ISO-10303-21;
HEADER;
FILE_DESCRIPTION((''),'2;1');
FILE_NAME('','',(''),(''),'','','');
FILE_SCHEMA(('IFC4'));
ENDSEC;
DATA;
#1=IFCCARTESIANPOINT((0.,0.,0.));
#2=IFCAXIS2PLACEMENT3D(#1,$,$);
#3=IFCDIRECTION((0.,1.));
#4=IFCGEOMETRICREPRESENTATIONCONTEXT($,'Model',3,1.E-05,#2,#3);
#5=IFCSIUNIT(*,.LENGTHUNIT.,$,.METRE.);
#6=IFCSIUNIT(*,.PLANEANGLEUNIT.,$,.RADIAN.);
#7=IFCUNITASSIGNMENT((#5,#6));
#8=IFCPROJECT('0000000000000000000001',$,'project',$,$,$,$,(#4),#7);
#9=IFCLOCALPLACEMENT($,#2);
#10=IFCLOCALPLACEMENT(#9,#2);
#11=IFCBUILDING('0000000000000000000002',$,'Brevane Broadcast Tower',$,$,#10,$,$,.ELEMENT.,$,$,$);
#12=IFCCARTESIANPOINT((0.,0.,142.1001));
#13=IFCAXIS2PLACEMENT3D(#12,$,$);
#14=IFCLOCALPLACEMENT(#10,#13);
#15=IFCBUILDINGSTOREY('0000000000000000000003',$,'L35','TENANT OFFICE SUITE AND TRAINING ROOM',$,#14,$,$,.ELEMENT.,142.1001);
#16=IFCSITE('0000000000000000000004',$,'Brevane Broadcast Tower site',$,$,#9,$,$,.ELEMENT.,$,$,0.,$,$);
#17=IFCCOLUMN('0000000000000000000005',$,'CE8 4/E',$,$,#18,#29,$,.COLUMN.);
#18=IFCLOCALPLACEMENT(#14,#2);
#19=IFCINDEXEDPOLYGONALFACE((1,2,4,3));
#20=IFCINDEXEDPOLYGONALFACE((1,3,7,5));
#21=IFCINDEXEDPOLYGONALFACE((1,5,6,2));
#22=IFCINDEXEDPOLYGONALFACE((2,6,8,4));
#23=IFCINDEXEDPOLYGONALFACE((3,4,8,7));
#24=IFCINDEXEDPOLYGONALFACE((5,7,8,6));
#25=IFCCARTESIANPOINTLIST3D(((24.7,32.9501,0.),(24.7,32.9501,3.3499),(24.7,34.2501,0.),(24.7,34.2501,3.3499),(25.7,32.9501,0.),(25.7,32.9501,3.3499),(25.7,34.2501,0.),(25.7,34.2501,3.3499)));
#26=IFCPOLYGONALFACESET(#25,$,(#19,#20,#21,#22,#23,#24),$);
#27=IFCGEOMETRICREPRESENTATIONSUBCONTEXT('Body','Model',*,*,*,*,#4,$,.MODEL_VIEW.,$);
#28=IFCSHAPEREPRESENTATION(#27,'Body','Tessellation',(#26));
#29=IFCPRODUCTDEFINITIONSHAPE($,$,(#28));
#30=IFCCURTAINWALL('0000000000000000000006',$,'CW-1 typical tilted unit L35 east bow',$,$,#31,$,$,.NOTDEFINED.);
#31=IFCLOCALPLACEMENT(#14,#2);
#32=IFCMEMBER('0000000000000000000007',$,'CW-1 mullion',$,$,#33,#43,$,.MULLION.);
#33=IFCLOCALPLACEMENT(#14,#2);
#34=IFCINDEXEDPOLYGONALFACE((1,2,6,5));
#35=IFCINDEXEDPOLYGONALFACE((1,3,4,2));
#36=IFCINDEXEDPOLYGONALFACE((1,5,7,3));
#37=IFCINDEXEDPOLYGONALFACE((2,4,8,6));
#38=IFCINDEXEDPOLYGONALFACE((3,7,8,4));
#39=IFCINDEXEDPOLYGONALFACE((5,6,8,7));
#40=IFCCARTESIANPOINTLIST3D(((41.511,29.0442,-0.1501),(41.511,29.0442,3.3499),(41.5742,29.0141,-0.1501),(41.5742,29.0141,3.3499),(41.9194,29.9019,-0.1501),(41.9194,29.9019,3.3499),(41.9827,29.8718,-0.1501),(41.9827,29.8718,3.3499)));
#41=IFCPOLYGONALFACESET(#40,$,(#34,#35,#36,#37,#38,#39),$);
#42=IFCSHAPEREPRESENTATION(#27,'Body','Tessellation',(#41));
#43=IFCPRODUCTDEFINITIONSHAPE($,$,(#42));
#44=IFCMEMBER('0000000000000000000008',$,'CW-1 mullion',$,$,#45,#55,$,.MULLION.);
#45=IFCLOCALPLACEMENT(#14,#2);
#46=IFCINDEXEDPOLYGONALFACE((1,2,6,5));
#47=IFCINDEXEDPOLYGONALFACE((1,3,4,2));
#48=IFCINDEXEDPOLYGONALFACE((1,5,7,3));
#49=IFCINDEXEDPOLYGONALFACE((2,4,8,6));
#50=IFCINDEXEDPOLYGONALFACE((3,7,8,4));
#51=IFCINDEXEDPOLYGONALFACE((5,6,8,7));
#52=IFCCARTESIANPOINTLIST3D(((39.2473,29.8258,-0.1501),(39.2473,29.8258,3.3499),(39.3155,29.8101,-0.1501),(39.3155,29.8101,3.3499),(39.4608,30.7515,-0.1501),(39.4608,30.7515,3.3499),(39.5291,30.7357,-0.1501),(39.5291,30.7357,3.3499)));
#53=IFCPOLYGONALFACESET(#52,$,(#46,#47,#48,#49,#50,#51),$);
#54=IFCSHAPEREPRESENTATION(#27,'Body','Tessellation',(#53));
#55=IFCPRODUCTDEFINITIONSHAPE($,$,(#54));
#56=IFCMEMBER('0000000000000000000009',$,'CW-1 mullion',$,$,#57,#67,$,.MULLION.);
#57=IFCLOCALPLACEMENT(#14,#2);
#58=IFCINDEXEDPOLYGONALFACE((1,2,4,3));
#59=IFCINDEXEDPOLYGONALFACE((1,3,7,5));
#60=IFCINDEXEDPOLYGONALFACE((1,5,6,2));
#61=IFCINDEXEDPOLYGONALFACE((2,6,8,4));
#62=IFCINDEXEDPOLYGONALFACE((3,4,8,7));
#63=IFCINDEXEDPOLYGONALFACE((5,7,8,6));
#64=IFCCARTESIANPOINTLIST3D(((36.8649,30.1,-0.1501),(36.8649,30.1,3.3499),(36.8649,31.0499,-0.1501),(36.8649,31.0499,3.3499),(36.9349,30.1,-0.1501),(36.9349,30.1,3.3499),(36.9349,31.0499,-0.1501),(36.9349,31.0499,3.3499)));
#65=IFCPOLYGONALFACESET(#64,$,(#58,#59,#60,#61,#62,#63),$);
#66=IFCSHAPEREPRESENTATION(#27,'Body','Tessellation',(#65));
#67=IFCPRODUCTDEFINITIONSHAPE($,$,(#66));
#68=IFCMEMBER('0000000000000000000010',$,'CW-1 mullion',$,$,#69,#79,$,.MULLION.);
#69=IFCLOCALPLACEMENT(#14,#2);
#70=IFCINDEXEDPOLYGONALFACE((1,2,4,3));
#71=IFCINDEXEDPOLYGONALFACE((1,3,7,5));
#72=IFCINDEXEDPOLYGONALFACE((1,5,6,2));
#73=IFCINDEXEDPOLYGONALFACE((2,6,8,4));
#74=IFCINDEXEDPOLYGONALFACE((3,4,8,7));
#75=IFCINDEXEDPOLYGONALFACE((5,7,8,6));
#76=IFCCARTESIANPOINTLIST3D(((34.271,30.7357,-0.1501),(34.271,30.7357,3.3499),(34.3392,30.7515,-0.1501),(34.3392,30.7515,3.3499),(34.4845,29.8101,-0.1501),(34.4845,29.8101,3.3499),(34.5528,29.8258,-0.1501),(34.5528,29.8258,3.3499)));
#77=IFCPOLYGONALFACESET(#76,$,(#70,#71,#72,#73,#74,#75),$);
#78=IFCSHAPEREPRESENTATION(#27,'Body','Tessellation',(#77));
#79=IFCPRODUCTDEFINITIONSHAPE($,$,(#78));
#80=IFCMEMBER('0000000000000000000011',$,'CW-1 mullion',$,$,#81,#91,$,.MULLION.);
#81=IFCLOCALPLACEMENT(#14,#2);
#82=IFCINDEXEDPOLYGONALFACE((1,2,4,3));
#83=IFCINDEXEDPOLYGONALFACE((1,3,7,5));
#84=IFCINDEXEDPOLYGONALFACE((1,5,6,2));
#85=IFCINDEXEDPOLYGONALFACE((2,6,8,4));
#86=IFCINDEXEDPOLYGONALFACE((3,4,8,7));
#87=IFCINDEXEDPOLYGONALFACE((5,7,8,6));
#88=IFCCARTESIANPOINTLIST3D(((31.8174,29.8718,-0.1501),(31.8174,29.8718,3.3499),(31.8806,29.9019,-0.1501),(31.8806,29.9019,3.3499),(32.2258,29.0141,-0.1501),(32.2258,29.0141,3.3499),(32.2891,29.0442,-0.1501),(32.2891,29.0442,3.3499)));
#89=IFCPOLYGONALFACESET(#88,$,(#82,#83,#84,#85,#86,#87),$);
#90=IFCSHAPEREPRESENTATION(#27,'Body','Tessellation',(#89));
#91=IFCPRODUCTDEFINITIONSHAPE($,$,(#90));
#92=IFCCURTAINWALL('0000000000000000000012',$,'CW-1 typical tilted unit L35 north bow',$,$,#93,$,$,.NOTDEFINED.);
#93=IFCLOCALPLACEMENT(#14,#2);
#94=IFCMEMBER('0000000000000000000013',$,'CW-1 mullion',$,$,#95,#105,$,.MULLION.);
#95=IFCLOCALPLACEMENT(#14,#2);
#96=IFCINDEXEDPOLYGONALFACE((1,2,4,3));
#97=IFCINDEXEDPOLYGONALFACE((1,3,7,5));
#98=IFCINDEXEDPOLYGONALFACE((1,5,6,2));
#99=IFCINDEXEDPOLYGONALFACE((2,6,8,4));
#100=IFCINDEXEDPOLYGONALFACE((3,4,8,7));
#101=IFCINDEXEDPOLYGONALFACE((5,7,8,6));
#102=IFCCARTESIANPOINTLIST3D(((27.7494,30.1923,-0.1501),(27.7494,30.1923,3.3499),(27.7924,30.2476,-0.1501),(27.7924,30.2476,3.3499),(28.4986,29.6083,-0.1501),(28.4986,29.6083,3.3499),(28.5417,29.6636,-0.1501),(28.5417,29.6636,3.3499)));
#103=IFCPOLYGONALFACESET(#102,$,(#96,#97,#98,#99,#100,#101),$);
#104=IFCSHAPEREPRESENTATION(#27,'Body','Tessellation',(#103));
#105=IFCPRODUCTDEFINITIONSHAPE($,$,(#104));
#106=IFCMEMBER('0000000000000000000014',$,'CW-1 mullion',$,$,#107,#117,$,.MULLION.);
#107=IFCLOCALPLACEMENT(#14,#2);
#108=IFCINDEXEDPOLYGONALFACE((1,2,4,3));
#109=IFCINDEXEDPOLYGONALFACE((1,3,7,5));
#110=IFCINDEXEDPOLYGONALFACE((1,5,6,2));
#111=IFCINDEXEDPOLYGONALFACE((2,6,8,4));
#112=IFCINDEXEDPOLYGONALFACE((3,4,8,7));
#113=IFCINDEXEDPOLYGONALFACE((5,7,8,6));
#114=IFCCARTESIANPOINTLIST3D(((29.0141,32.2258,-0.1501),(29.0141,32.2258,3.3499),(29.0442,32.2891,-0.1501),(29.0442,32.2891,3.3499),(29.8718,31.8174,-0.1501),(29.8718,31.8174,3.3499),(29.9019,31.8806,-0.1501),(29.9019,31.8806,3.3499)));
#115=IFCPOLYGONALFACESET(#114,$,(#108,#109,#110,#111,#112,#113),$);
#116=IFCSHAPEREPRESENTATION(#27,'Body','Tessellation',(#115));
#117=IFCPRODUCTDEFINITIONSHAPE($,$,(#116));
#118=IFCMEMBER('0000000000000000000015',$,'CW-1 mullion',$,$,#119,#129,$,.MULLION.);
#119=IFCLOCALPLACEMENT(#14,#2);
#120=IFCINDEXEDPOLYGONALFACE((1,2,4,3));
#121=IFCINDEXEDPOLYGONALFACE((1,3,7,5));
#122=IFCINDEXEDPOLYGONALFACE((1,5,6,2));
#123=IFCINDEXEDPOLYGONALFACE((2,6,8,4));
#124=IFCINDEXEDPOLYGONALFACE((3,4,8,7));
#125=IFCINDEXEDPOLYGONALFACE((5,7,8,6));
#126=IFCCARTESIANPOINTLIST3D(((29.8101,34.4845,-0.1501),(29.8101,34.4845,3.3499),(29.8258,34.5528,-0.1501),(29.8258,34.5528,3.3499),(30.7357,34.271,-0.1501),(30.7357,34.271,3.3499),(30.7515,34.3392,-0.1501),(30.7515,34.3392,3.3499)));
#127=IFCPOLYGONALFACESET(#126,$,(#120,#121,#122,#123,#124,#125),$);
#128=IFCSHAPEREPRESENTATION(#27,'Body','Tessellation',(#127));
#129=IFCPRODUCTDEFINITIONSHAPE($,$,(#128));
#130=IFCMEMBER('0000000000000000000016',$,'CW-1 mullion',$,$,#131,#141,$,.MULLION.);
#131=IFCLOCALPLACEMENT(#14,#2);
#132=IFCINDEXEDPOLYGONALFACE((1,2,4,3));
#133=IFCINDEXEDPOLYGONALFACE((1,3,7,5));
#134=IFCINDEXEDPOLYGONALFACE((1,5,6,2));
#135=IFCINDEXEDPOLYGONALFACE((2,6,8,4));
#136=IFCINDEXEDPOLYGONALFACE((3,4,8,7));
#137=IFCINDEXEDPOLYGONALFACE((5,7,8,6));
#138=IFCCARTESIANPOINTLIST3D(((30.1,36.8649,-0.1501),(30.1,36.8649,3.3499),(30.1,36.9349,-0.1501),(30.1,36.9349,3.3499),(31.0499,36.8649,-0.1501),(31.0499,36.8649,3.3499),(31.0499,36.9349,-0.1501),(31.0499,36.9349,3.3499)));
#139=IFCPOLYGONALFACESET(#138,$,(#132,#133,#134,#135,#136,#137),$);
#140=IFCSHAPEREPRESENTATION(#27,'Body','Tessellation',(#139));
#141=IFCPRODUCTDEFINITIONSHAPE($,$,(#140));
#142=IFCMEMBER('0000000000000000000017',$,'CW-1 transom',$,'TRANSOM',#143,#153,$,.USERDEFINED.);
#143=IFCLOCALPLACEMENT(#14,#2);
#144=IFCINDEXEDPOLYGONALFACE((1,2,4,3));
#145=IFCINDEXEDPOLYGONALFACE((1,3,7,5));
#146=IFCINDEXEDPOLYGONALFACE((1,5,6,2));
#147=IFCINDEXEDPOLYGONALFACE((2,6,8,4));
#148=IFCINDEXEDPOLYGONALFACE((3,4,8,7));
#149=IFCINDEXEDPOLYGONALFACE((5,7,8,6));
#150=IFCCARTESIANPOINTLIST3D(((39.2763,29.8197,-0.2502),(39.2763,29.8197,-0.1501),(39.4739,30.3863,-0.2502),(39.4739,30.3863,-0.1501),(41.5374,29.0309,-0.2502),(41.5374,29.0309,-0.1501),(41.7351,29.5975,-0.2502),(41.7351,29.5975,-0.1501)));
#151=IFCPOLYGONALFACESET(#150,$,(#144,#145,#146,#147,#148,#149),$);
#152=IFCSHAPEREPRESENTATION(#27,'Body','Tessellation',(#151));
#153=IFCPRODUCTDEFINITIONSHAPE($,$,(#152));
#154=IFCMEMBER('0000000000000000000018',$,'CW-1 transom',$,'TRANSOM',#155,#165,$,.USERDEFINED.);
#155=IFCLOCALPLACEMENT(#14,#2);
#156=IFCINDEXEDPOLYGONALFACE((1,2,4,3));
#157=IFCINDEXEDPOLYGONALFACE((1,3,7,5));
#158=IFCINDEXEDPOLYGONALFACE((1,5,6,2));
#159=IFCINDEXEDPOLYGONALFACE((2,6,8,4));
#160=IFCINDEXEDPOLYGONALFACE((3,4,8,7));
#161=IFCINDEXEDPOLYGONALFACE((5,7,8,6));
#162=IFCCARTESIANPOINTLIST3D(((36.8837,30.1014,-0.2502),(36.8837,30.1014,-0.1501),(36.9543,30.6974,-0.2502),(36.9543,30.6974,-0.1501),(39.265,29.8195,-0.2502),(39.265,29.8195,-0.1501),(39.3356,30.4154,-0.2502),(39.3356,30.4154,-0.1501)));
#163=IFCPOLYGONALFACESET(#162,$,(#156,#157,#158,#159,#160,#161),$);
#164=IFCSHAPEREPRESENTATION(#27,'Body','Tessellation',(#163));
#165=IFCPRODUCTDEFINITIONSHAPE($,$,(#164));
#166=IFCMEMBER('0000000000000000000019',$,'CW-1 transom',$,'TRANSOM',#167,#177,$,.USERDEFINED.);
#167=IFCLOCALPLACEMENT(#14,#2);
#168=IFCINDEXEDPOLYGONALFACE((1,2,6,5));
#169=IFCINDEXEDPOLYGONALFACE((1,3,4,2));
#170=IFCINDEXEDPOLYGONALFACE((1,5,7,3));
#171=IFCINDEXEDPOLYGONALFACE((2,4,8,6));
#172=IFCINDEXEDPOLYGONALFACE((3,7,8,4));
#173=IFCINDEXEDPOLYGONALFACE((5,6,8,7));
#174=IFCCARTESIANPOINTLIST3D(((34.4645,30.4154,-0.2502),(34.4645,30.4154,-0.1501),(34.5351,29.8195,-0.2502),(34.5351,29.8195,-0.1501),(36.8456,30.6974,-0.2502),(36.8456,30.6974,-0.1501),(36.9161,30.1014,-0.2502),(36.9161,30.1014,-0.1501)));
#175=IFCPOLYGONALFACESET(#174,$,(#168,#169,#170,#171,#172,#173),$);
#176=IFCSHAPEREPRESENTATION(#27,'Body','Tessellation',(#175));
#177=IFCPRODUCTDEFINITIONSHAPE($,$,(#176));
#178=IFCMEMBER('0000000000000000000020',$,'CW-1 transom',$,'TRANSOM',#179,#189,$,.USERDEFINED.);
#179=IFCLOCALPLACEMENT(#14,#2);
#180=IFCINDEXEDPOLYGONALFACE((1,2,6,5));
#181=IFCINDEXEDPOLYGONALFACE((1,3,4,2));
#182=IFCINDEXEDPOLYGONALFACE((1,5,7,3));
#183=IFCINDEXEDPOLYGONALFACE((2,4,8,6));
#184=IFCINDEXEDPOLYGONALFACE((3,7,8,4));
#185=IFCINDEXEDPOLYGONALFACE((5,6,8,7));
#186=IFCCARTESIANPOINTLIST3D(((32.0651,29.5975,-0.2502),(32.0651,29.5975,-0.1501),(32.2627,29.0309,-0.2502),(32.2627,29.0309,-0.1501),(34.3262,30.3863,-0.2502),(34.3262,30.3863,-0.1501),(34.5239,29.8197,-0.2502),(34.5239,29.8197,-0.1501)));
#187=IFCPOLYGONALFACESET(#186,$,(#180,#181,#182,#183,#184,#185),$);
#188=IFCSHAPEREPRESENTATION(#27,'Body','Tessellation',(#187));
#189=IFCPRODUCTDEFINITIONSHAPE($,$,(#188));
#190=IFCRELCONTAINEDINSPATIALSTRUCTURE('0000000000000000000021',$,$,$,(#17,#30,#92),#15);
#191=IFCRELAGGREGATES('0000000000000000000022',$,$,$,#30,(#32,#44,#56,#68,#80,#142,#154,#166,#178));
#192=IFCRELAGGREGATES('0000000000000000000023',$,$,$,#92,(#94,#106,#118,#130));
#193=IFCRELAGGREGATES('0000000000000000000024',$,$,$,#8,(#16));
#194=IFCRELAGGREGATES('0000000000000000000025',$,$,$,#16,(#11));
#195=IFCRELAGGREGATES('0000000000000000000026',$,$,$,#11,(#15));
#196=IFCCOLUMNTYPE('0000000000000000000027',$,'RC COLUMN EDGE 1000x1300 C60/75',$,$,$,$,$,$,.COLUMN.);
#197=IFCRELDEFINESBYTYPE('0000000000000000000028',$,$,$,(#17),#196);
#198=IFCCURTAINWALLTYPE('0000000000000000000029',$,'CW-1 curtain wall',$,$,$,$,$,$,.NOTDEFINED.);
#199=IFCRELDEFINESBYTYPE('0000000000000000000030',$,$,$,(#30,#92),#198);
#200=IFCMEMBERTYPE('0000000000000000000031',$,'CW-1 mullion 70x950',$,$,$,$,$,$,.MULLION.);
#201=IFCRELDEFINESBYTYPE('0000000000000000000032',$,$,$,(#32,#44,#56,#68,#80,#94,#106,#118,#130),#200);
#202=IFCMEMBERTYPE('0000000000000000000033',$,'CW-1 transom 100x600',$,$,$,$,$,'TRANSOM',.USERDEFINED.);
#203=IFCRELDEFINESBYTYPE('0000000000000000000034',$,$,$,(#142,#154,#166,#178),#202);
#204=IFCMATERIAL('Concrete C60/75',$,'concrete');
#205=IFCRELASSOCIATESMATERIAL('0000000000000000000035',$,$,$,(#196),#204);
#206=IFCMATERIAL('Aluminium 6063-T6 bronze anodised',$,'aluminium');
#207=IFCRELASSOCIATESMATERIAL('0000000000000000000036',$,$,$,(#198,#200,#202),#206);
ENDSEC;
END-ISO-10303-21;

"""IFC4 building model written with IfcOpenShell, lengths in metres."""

from ifc_helpers import new_model, si_unit, direction, frame, origin, origin_2d, place, context, subcontext, project, spatial, rectangle, extrude, material, material_profile, profile_set, type_object, element, aggregate, save


model = new_model("IFC4")

# Units and contexts
model_context = context("Model", 3, precision=1e-05, world=origin(), true_north=direction((0.0, 1.0)))
body_context = subcontext(model_context, "Body", "Model", "MODEL_VIEW")
ifc_project = project(units=[si_unit("LENGTHUNIT", "METRE"), si_unit("PLANEANGLEUNIT", "RADIAN")], contexts=[model_context])

# Site, building, storey
site_placement = place(None, origin())
site = spatial("IfcSite", under=ifc_project, at=site_placement, Name="Brevane Broadcast Tower site", CompositionType="ELEMENT", RefElevation=0.0)
building_placement = place(site_placement, origin())
building = spatial("IfcBuilding", under=site, at=building_placement, Name="Brevane Broadcast Tower", CompositionType="ELEMENT")
storey_placement = place(building_placement, frame((0.0, 0.0, 142.1001)))
storey = spatial("IfcBuildingStorey", under=building, at=storey_placement, Name="L35", Description="TENANT OFFICE SUITE AND TRAINING ROOM", CompositionType="ELEMENT", Elevation=142.1001)

# Column
ifc_material_1 = material(Name="Concrete C60/75", Category="concrete")
ifc_material_profile_1 = material_profile(ifc_material_1, rectangle(XDim=1.0, YDim=1.3, at=origin_2d()), Name="RC 1000x1300")
ifc_profile_set_1 = profile_set([ifc_material_profile_1], Name="Concrete C60/75")
column_type = type_object("IfcColumnType", Name="RC COLUMN EDGE 1000x1300 C60/75", PredefinedType="COLUMN", material=ifc_profile_set_1)
column_placement = place(storey_placement, frame((25.2, 33.6001, 0.0), z_axis=(0.0, 0.0, 1.0), x_axis=(1.0, 0.0, 0.0)))
element("IfcColumn", 1, at=column_placement, inside=storey, type_object=column_type, Name="CE8 4/E", PredefinedType="COLUMN", context=body_context, shape_type="SweptSolid", body=[
    extrude(rectangle(XDim=1.0, YDim=1.3, at=origin_2d()), origin(), (0.0, 0.0, 1.0), 3.3499),
])

# Curtain walls, members
ifc_material_2 = material(Name="Aluminium 6063-T6 bronze anodised", Category="aluminium")
curtain_wall_type = type_object("IfcCurtainWallType", Name="CW-1 curtain wall", PredefinedType="NOTDEFINED", material=ifc_material_2)
curtain_wall_1_placement = place(storey_placement, origin())
curtain_wall_1 = element("IfcCurtainWall", 2, at=curtain_wall_1_placement, inside=storey, type_object=curtain_wall_type, Name="CW-1 typical tilted unit L35 east bow", PredefinedType="NOTDEFINED")
ifc_material_profile_2 = material_profile(ifc_material_2, rectangle(XDim=0.95, YDim=0.0701, at=origin_2d()), Name="RECT 70x950")
ifc_profile_set_2 = profile_set([ifc_material_profile_2], Name="Aluminium 6063-T6 bronze anodised")
member_type_1 = type_object("IfcMemberType", Name="CW-1 mullion 70x950", PredefinedType="MULLION", material=ifc_profile_set_2)
member_1_placement = place(storey_placement, frame((41.7468, 29.458, -0.1501), z_axis=(0.0, 0.0, 1.0), x_axis=(-0.429934, -0.902861, 0.0)))
member_1 = element("IfcMember", 3, at=member_1_placement, type_object=member_type_1, Name="CW-1 mullion", PredefinedType="MULLION", context=body_context, shape_type="SweptSolid", body=[
    extrude(rectangle(XDim=0.95, YDim=0.0701, at=origin_2d()), origin(), (0.0, 0.0, 1.0), 3.5),
])
member_2_placement = place(storey_placement, frame((39.3882, 30.2808, -0.1501), z_axis=(0.0, 0.0, 1.0), x_axis=(-0.224806, -0.974403, 0.0)))
member_2 = element("IfcMember", 4, at=member_2_placement, type_object=member_type_1, Name="CW-1 mullion", PredefinedType="MULLION", context=body_context, shape_type="SweptSolid", body=[
    extrude(rectangle(XDim=0.95, YDim=0.0701, at=origin_2d()), origin(), (0.0, 0.0, 1.0), 3.5),
])
member_3_placement = place(storey_placement, frame((36.8999, 30.575, -0.1501), z_axis=(0.0, 0.0, 1.0), x_axis=(0.0, -1.0, 0.0)))
member_3 = element("IfcMember", 5, at=member_3_placement, type_object=member_type_1, Name="CW-1 mullion", PredefinedType="MULLION", context=body_context, shape_type="SweptSolid", body=[
    extrude(rectangle(XDim=0.95, YDim=0.0701, at=origin_2d()), origin(), (0.0, 0.0, 1.0), 3.5),
])
member_4_placement = place(storey_placement, frame((34.4119, 30.2808, -0.1501), z_axis=(0.0, 0.0, 1.0), x_axis=(0.224806, -0.974403, 0.0)))
member_4 = element("IfcMember", 6, at=member_4_placement, type_object=member_type_1, Name="CW-1 mullion", PredefinedType="MULLION", context=body_context, shape_type="SweptSolid", body=[
    extrude(rectangle(XDim=0.95, YDim=0.0701, at=origin_2d()), origin(), (0.0, 0.0, 1.0), 3.5),
])
member_5_placement = place(storey_placement, frame((32.0532, 29.458, -0.1501), z_axis=(0.0, 0.0, 1.0), x_axis=(0.429934, -0.902861, 0.0)))
member_5 = element("IfcMember", 7, at=member_5_placement, type_object=member_type_1, Name="CW-1 mullion", PredefinedType="MULLION", context=body_context, shape_type="SweptSolid", body=[
    extrude(rectangle(XDim=0.95, YDim=0.0701, at=origin_2d()), origin(), (0.0, 0.0, 1.0), 3.5),
])
curtain_wall_2_placement = place(storey_placement, origin())
curtain_wall_2 = element("IfcCurtainWall", 8, at=curtain_wall_2_placement, inside=storey, type_object=curtain_wall_type, Name="CW-1 typical tilted unit L35 north bow", PredefinedType="NOTDEFINED")
member_6_placement = place(storey_placement, frame((28.1455, 29.928, -0.1501), z_axis=(0.0, 0.0, 1.0), x_axis=(-0.788707, 0.61477, 0.0)))
member_6 = element("IfcMember", 9, at=member_6_placement, type_object=member_type_1, Name="CW-1 mullion", PredefinedType="MULLION", context=body_context, shape_type="SweptSolid", body=[
    extrude(rectangle(XDim=0.95, YDim=0.0701, at=origin_2d()), origin(), (0.0, 0.0, 1.0), 3.5),
])
member_7_placement = place(storey_placement, frame((29.458, 32.0532, -0.1501), z_axis=(0.0, 0.0, 1.0), x_axis=(-0.902861, 0.429934, 0.0)))
member_7 = element("IfcMember", 10, at=member_7_placement, type_object=member_type_1, Name="CW-1 mullion", PredefinedType="MULLION", context=body_context, shape_type="SweptSolid", body=[
    extrude(rectangle(XDim=0.95, YDim=0.0701, at=origin_2d()), origin(), (0.0, 0.0, 1.0), 3.5),
])
member_8_placement = place(storey_placement, frame((30.2808, 34.4119, -0.1501), z_axis=(0.0, 0.0, 1.0), x_axis=(-0.974403, 0.224806, 0.0)))
member_8 = element("IfcMember", 11, at=member_8_placement, type_object=member_type_1, Name="CW-1 mullion", PredefinedType="MULLION", context=body_context, shape_type="SweptSolid", body=[
    extrude(rectangle(XDim=0.95, YDim=0.0701, at=origin_2d()), origin(), (0.0, 0.0, 1.0), 3.5),
])
member_9_placement = place(storey_placement, frame((30.575, 36.8999, -0.1501), z_axis=(0.0, 0.0, 1.0), x_axis=(-1.0, 0.0, 0.0)))
member_9 = element("IfcMember", 12, at=member_9_placement, type_object=member_type_1, Name="CW-1 mullion", PredefinedType="MULLION", context=body_context, shape_type="SweptSolid", body=[
    extrude(rectangle(XDim=0.95, YDim=0.0701, at=origin_2d()), origin(), (0.0, 0.0, 1.0), 3.5),
])

# Members
ifc_material_profile_3 = material_profile(ifc_material_2, rectangle(XDim=0.6001, YDim=0.1001, at=origin_2d()), Name="RECT 100x600")
ifc_profile_set_3 = profile_set([ifc_material_profile_3], Name="Aluminium 6063-T6 bronze anodised")
member_type_2 = type_object("IfcMemberType", Name="CW-1 transom 100x600", ElementType="TRANSOM", PredefinedType="USERDEFINED", material=ifc_profile_set_3)
member_10_placement = place(storey_placement, frame((41.6362, 29.3142, -0.2002), z_axis=(-0.944198, 0.329378, 0.0), x_axis=(-0.329378, -0.944198, 0.0)))
member_10 = element("IfcMember", 13, at=member_10_placement, type_object=member_type_2, Name="CW-1 transom", ObjectType="TRANSOM", PredefinedType="USERDEFINED", context=body_context, shape_type="SweptSolid", body=[
    extrude(rectangle(XDim=0.6001, YDim=0.1001, at=origin_2d()), origin(), (0.0, 0.0, 1.0), 2.3948),
])
member_11_placement = place(storey_placement, frame((39.3003, 30.1174, -0.2002), z_axis=(-0.993062, 0.117591, 0.0), x_axis=(-0.117591, -0.993062, 0.0)))
member_11 = element("IfcMember", 14, at=member_11_placement, type_object=member_type_2, Name="CW-1 transom", ObjectType="TRANSOM", PredefinedType="USERDEFINED", context=body_context, shape_type="SweptSolid", body=[
    extrude(rectangle(XDim=0.6001, YDim=0.1001, at=origin_2d()), origin(), (0.0, 0.0, 1.0), 2.3979),
])
member_12_placement = place(storey_placement, frame((36.8809, 30.3994, -0.2002), z_axis=(-0.993061, -0.117603, 0.0), x_axis=(0.117603, -0.993061, 0.0)))
member_12 = element("IfcMember", 15, at=member_12_placement, type_object=member_type_2, Name="CW-1 transom", ObjectType="TRANSOM", PredefinedType="USERDEFINED", context=body_context, shape_type="SweptSolid", body=[
    extrude(rectangle(XDim=0.6001, YDim=0.1001, at=origin_2d()), origin(), (0.0, 0.0, 1.0), 2.3977),
])
member_13_placement = place(storey_placement, frame((34.425, 30.103, -0.2002), z_axis=(-0.944198, -0.329378, 0.0), x_axis=(0.329378, -0.944198, 0.0)))
member_13 = element("IfcMember", 16, at=member_13_placement, type_object=member_type_2, Name="CW-1 transom", ObjectType="TRANSOM", PredefinedType="USERDEFINED", context=body_context, shape_type="SweptSolid", body=[
    extrude(rectangle(XDim=0.6001, YDim=0.1001, at=origin_2d()), origin(), (0.0, 0.0, 1.0), 2.3948),
])
aggregate(curtain_wall_1, [member_1, member_2, member_3, member_4, member_5, member_10, member_11, member_12, member_13])
aggregate(curtain_wall_2, [member_6, member_7, member_8, member_9])

save(model, "model.ifc")
